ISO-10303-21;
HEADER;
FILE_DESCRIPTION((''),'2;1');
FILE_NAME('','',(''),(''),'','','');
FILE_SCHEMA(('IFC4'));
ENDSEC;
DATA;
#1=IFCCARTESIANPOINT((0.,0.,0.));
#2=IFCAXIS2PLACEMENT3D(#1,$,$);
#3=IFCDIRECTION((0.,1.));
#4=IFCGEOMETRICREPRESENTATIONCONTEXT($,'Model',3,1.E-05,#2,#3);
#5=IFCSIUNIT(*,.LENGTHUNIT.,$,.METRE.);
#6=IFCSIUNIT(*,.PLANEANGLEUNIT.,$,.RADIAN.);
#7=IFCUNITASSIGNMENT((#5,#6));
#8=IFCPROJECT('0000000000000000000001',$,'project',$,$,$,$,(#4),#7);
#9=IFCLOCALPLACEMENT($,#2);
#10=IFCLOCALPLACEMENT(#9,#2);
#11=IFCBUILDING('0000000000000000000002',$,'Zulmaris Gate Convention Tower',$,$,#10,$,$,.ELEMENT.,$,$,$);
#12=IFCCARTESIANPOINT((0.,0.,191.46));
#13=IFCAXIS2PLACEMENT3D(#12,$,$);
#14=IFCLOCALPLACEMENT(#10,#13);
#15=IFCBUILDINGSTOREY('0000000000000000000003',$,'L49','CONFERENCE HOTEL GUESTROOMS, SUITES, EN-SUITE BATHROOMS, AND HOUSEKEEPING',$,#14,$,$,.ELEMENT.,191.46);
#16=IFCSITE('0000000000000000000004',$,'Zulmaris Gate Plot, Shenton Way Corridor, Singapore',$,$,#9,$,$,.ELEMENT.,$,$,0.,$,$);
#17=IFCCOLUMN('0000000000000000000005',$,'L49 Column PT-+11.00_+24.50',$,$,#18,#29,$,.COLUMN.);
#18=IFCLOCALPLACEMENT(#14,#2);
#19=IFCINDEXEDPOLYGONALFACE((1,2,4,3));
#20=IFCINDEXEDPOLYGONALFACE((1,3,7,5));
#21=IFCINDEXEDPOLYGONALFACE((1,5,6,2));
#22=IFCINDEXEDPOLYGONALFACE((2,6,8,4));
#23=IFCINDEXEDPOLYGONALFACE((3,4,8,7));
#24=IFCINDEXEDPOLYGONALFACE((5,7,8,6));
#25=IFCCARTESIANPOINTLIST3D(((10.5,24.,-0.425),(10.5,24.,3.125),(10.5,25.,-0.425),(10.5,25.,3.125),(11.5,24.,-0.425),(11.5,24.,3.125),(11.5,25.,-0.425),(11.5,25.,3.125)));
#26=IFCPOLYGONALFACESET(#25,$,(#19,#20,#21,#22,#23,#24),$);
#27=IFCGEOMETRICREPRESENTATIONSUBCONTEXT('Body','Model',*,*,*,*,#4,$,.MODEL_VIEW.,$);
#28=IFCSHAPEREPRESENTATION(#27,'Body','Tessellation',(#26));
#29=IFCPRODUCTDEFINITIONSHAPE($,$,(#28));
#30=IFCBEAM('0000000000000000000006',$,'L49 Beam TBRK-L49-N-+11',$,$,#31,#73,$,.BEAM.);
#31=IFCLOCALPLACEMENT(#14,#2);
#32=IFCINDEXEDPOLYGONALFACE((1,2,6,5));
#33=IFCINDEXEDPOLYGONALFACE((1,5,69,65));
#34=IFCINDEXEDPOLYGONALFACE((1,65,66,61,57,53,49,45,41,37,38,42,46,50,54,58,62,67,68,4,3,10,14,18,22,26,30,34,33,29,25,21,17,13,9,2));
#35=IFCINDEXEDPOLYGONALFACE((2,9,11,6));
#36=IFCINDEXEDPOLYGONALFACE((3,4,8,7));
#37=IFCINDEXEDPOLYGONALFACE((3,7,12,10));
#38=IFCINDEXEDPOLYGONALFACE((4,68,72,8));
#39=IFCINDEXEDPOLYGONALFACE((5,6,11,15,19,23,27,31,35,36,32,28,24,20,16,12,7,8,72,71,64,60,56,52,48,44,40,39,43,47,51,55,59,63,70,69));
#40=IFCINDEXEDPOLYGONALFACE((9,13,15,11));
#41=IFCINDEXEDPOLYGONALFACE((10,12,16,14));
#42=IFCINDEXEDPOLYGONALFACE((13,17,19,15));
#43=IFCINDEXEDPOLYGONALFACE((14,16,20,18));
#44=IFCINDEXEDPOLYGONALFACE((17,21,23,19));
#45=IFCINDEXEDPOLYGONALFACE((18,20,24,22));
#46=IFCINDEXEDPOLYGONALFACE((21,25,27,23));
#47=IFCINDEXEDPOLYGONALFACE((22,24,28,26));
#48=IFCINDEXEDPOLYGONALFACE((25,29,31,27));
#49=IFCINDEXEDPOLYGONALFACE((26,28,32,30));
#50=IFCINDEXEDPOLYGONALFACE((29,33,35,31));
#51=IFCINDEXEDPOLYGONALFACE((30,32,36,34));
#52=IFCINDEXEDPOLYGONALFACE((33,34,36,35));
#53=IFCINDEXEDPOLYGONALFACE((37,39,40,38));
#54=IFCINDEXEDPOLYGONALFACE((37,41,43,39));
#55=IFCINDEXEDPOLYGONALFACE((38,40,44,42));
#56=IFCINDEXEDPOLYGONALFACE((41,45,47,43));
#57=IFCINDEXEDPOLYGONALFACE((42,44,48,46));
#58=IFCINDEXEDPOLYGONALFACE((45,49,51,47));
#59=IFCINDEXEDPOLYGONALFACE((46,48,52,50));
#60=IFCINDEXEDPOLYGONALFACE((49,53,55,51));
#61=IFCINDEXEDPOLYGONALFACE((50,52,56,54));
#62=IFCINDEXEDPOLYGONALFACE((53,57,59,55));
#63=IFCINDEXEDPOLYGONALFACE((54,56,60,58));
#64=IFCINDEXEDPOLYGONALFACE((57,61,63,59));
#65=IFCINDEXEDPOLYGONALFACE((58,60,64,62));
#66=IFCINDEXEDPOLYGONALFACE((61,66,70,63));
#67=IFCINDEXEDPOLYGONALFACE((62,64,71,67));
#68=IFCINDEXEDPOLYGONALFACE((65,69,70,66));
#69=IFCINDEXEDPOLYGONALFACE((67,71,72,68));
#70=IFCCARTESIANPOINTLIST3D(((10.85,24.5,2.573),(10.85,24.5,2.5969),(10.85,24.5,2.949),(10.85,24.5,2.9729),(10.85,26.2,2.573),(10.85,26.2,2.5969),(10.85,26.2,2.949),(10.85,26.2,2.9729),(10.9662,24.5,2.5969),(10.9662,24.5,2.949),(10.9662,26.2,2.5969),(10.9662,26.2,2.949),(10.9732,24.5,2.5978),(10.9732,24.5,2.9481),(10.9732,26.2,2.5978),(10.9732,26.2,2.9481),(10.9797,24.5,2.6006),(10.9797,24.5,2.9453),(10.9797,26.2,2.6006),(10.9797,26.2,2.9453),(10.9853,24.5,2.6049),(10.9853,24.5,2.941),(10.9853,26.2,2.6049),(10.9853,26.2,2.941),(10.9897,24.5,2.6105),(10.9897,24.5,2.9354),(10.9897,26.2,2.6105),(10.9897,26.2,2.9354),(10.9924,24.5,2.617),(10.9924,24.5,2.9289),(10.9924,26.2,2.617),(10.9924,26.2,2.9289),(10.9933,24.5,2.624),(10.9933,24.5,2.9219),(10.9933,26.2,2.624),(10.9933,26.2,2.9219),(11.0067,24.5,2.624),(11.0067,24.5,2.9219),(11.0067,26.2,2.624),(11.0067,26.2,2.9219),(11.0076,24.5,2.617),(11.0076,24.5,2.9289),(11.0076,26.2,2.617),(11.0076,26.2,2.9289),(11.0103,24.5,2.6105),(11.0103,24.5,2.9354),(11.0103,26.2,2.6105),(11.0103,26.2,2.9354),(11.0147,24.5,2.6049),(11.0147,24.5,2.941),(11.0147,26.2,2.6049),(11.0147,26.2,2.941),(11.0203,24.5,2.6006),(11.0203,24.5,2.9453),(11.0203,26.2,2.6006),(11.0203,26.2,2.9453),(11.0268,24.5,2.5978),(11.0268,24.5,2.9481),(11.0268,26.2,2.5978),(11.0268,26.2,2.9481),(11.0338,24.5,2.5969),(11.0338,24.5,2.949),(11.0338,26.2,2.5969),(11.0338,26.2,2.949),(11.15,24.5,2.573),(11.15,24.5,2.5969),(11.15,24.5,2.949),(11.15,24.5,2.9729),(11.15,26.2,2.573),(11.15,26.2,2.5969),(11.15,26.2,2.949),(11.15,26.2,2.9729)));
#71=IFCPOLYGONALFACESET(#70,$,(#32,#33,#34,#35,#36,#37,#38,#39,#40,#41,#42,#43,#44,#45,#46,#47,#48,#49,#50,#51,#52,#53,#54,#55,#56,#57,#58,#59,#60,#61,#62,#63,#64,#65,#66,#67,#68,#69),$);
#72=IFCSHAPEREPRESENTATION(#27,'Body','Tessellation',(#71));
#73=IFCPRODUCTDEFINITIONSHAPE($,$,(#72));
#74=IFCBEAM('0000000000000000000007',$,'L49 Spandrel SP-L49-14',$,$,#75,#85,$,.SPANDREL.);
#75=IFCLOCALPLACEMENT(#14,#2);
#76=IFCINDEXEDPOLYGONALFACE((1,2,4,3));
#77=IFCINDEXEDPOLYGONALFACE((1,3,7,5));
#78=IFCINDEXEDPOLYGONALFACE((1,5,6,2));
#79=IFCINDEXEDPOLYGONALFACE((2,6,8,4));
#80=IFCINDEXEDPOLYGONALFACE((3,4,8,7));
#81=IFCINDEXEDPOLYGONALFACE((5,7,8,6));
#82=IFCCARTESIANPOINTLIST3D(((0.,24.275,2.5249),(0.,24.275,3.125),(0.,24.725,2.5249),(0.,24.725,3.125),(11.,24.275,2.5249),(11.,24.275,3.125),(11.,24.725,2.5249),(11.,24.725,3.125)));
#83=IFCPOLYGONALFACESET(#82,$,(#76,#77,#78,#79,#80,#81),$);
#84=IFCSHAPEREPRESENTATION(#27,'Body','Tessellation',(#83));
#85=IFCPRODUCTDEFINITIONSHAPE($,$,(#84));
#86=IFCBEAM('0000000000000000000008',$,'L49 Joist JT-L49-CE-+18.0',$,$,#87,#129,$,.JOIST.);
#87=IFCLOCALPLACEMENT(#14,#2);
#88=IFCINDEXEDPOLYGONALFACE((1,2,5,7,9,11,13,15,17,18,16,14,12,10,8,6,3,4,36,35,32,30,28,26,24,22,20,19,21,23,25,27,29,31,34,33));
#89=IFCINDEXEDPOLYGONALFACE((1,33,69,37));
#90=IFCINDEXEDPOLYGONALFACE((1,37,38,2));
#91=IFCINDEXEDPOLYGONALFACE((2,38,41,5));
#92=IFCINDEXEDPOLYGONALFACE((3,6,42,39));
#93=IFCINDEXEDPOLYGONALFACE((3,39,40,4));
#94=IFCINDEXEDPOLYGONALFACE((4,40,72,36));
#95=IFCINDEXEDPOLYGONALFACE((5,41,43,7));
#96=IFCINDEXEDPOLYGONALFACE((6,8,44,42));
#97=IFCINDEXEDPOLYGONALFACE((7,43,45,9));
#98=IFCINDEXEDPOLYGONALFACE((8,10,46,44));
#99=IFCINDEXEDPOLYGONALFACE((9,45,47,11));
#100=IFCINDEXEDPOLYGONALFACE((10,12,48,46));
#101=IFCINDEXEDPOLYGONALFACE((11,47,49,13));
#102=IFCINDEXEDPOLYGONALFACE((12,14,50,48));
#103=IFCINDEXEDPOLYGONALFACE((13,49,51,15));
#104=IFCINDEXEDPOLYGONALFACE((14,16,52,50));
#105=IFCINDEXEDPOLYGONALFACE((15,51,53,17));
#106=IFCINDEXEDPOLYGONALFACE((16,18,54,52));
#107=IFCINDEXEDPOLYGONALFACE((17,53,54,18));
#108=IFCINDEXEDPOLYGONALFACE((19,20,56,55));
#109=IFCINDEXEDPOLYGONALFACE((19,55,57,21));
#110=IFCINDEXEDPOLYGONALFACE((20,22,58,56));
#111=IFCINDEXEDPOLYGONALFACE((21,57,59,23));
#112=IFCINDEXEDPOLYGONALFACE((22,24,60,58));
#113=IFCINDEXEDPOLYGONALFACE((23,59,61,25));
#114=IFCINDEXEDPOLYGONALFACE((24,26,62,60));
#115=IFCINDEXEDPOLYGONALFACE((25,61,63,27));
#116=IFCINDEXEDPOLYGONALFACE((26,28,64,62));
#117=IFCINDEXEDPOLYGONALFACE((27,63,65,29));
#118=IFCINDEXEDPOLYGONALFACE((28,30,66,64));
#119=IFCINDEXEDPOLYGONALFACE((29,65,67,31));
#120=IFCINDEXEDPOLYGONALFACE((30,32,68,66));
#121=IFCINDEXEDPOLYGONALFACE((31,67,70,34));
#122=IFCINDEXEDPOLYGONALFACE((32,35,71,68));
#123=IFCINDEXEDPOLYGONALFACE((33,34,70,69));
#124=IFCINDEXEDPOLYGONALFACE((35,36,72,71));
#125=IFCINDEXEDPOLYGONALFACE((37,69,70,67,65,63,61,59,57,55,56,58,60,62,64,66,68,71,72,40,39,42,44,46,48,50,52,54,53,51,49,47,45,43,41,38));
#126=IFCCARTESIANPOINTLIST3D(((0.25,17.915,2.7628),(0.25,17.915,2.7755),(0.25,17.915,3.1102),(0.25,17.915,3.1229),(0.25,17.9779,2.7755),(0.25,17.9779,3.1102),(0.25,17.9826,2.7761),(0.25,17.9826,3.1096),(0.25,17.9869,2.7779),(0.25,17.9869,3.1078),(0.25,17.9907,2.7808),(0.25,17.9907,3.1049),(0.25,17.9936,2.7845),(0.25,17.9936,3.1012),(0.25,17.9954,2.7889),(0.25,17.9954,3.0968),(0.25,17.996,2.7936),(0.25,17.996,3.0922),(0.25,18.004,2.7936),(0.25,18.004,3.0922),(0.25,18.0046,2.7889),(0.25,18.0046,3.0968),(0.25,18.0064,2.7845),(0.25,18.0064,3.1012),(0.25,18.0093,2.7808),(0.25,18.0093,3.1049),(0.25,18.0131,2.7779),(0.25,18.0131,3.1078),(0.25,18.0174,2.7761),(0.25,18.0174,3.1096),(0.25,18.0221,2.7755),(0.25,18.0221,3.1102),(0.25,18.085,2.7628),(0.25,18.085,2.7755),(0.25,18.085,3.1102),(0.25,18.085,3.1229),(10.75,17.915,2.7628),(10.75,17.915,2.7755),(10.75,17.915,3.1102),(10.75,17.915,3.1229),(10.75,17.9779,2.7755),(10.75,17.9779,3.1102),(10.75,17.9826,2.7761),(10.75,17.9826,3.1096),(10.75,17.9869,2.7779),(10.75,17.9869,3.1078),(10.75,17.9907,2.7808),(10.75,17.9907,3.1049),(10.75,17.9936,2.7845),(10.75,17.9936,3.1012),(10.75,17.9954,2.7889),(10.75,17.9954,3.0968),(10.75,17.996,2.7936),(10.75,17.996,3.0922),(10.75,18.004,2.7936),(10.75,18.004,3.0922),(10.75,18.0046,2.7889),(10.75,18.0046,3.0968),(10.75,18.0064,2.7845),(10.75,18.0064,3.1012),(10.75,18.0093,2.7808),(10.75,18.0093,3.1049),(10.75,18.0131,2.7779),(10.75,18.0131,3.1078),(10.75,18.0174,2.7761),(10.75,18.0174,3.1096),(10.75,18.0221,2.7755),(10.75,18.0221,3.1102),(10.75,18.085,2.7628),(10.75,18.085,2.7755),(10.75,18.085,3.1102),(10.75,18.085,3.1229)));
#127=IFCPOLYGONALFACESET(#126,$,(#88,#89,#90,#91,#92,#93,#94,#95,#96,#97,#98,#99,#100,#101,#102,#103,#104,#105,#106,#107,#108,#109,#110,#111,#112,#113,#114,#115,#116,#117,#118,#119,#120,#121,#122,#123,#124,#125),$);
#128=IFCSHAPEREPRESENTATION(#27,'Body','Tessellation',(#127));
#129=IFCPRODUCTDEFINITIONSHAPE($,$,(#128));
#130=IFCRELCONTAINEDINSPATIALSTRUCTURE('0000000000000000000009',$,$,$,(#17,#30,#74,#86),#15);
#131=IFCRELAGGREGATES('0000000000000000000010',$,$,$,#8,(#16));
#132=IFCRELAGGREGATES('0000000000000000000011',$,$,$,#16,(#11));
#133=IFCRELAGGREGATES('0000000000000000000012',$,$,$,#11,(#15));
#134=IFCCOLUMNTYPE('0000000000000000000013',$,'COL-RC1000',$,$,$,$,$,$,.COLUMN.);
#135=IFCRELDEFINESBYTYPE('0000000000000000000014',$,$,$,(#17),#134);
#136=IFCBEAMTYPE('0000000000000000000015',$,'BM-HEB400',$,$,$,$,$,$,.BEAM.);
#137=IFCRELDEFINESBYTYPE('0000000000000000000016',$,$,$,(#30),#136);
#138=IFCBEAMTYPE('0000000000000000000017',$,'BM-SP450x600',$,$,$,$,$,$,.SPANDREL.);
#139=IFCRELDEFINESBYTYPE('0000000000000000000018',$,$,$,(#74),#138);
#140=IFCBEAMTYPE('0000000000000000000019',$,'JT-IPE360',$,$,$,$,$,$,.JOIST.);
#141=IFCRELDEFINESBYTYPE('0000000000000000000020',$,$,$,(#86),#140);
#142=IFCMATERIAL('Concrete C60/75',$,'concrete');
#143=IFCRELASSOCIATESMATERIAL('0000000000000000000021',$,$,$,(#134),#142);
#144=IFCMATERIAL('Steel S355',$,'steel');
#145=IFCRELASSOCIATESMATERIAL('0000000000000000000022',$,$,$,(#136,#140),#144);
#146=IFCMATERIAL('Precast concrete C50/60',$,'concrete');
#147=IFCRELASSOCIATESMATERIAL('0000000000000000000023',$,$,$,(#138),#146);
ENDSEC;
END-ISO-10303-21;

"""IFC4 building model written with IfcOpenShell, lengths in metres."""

from ifc_helpers import new_model, si_unit, direction, frame, origin, origin_2d, place, context, subcontext, project, spatial, rectangle, i_section, extrude, material, material_profile, profile_set, type_object, element, save


model = new_model("IFC4")

# Units and contexts
model_context = context("Model", 3, precision=1e-05, world=origin(), true_north=direction((0.0, 1.0)))
body_context = subcontext(model_context, "Body", "Model", "MODEL_VIEW")
ifc_project = project(units=[si_unit("LENGTHUNIT", "METRE"), si_unit("PLANEANGLEUNIT", "RADIAN")], contexts=[model_context])

# Site, building, storey
site_placement = place(None, origin())
site = spatial("IfcSite", under=ifc_project, at=site_placement, Name="Zulmaris Gate Plot, Shenton Way Corridor, Singapore", CompositionType="ELEMENT", RefElevation=0.0)
building_placement = place(site_placement, origin())
building = spatial("IfcBuilding", under=site, at=building_placement, Name="Zulmaris Gate Convention Tower", CompositionType="ELEMENT")
storey_placement = place(building_placement, frame((0.0, 0.0, 191.46)))
storey = spatial("IfcBuildingStorey", under=building, at=storey_placement, Name="L49", Description="CONFERENCE HOTEL GUESTROOMS, SUITES, EN-SUITE BATHROOMS, AND HOUSEKEEPING", CompositionType="ELEMENT", Elevation=191.46)

# Column
ifc_material_1 = material(Name="Concrete C60/75", Category="concrete")
ifc_material_profile_1 = material_profile(ifc_material_1, rectangle(XDim=1.0, YDim=1.0, at=origin_2d()), Name="RC COL 1000x1000")
ifc_profile_set_1 = profile_set([ifc_material_profile_1], Name="Concrete C60/75")
column_type = type_object("IfcColumnType", Name="COL-RC1000", PredefinedType="COLUMN", material=ifc_profile_set_1)
column_placement = place(storey_placement, frame((11.0, 24.5, -0.425), z_axis=(0.0, 0.0, 1.0), x_axis=(1.0, 0.0, 0.0)))
element("IfcColumn", 1, at=column_placement, inside=storey, type_object=column_type, Name="L49 Column PT-+11.00_+24.50", PredefinedType="COLUMN", context=body_context, shape_type="SweptSolid", body=[
    extrude(rectangle(XDim=1.0, YDim=1.0, at=origin_2d()), origin(), (0.0, 0.0, 1.0), 3.55),
])

# Beams
ifc_material_2 = material(Name="Steel S355", Category="steel")
ifc_material_profile_2 = material_profile(ifc_material_2, i_section(OverallWidth=0.3, OverallDepth=0.3999, WebThickness=0.0134, FlangeThickness=0.0239, FilletRadius=0.0271, at=origin_2d()), Name="HEB 400")
ifc_profile_set_2 = profile_set([ifc_material_profile_2], Name="Steel S355")
beam_type_1 = type_object("IfcBeamType", Name="BM-HEB400", PredefinedType="BEAM", material=ifc_profile_set_2)
beam_1_placement = place(storey_placement, frame((11.0, 24.5, 2.7729), z_axis=(0.0, 1.0, 0.0), x_axis=(-1.0, 0.0, 0.0)))
element("IfcBeam", 2, at=beam_1_placement, inside=storey, type_object=beam_type_1, Name="L49 Beam TBRK-L49-N-+11", PredefinedType="BEAM", context=body_context, shape_type="SweptSolid", body=[
    extrude(i_section(OverallWidth=0.3, OverallDepth=0.3999, WebThickness=0.0134, FlangeThickness=0.0239, FilletRadius=0.0271, at=origin_2d()), origin(), (0.0, 0.0, 1.0), 1.7),
])
ifc_material_3 = material(Name="Precast concrete C50/60", Category="concrete")
ifc_material_profile_3 = material_profile(ifc_material_3, rectangle(XDim=0.45, YDim=0.6001, at=origin_2d()), Name="RC SPANDREL 450x600")
ifc_profile_set_3 = profile_set([ifc_material_profile_3], Name="Precast concrete C50/60")
beam_type_2 = type_object("IfcBeamType", Name="BM-SP450x600", PredefinedType="SPANDREL", material=ifc_profile_set_3)
beam_2_placement = place(storey_placement, frame((11.0, 24.5, 2.825), z_axis=(-1.0, 0.0, 0.0), x_axis=(0.0, -1.0, 0.0)))
element("IfcBeam", 3, at=beam_2_placement, inside=storey, type_object=beam_type_2, Name="L49 Spandrel SP-L49-14", PredefinedType="SPANDREL", context=body_context, shape_type="SweptSolid", body=[
    extrude(rectangle(XDim=0.45, YDim=0.6001, at=origin_2d()), origin(), (0.0, 0.0, 1.0), 11.0),
])
ifc_material_profile_4 = material_profile(ifc_material_2, i_section(OverallWidth=0.1699, OverallDepth=0.3601, WebThickness=0.0081, FlangeThickness=0.0127, FilletRadius=0.0181, at=origin_2d()), Name="IPE 360")
ifc_profile_set_4 = profile_set([ifc_material_profile_4], Name="Steel S355")
beam_type_3 = type_object("IfcBeamType", Name="JT-IPE360", PredefinedType="JOIST", material=ifc_profile_set_4)
beam_3_placement = place(storey_placement, frame((0.25, 18.0, 2.9429), z_axis=(1.0, 0.0, 0.0), x_axis=(0.0, 1.0, 0.0)))
element("IfcBeam", 4, at=beam_3_placement, inside=storey, type_object=beam_type_3, Name="L49 Joist JT-L49-CE-+18.0", PredefinedType="JOIST", context=body_context, shape_type="SweptSolid", body=[
    extrude(i_section(OverallWidth=0.1699, OverallDepth=0.3601, WebThickness=0.0081, FlangeThickness=0.0127, FilletRadius=0.0181, at=origin_2d()), origin(), (0.0, 0.0, 1.0), 10.5),
])

save(model, "model.ifc")
